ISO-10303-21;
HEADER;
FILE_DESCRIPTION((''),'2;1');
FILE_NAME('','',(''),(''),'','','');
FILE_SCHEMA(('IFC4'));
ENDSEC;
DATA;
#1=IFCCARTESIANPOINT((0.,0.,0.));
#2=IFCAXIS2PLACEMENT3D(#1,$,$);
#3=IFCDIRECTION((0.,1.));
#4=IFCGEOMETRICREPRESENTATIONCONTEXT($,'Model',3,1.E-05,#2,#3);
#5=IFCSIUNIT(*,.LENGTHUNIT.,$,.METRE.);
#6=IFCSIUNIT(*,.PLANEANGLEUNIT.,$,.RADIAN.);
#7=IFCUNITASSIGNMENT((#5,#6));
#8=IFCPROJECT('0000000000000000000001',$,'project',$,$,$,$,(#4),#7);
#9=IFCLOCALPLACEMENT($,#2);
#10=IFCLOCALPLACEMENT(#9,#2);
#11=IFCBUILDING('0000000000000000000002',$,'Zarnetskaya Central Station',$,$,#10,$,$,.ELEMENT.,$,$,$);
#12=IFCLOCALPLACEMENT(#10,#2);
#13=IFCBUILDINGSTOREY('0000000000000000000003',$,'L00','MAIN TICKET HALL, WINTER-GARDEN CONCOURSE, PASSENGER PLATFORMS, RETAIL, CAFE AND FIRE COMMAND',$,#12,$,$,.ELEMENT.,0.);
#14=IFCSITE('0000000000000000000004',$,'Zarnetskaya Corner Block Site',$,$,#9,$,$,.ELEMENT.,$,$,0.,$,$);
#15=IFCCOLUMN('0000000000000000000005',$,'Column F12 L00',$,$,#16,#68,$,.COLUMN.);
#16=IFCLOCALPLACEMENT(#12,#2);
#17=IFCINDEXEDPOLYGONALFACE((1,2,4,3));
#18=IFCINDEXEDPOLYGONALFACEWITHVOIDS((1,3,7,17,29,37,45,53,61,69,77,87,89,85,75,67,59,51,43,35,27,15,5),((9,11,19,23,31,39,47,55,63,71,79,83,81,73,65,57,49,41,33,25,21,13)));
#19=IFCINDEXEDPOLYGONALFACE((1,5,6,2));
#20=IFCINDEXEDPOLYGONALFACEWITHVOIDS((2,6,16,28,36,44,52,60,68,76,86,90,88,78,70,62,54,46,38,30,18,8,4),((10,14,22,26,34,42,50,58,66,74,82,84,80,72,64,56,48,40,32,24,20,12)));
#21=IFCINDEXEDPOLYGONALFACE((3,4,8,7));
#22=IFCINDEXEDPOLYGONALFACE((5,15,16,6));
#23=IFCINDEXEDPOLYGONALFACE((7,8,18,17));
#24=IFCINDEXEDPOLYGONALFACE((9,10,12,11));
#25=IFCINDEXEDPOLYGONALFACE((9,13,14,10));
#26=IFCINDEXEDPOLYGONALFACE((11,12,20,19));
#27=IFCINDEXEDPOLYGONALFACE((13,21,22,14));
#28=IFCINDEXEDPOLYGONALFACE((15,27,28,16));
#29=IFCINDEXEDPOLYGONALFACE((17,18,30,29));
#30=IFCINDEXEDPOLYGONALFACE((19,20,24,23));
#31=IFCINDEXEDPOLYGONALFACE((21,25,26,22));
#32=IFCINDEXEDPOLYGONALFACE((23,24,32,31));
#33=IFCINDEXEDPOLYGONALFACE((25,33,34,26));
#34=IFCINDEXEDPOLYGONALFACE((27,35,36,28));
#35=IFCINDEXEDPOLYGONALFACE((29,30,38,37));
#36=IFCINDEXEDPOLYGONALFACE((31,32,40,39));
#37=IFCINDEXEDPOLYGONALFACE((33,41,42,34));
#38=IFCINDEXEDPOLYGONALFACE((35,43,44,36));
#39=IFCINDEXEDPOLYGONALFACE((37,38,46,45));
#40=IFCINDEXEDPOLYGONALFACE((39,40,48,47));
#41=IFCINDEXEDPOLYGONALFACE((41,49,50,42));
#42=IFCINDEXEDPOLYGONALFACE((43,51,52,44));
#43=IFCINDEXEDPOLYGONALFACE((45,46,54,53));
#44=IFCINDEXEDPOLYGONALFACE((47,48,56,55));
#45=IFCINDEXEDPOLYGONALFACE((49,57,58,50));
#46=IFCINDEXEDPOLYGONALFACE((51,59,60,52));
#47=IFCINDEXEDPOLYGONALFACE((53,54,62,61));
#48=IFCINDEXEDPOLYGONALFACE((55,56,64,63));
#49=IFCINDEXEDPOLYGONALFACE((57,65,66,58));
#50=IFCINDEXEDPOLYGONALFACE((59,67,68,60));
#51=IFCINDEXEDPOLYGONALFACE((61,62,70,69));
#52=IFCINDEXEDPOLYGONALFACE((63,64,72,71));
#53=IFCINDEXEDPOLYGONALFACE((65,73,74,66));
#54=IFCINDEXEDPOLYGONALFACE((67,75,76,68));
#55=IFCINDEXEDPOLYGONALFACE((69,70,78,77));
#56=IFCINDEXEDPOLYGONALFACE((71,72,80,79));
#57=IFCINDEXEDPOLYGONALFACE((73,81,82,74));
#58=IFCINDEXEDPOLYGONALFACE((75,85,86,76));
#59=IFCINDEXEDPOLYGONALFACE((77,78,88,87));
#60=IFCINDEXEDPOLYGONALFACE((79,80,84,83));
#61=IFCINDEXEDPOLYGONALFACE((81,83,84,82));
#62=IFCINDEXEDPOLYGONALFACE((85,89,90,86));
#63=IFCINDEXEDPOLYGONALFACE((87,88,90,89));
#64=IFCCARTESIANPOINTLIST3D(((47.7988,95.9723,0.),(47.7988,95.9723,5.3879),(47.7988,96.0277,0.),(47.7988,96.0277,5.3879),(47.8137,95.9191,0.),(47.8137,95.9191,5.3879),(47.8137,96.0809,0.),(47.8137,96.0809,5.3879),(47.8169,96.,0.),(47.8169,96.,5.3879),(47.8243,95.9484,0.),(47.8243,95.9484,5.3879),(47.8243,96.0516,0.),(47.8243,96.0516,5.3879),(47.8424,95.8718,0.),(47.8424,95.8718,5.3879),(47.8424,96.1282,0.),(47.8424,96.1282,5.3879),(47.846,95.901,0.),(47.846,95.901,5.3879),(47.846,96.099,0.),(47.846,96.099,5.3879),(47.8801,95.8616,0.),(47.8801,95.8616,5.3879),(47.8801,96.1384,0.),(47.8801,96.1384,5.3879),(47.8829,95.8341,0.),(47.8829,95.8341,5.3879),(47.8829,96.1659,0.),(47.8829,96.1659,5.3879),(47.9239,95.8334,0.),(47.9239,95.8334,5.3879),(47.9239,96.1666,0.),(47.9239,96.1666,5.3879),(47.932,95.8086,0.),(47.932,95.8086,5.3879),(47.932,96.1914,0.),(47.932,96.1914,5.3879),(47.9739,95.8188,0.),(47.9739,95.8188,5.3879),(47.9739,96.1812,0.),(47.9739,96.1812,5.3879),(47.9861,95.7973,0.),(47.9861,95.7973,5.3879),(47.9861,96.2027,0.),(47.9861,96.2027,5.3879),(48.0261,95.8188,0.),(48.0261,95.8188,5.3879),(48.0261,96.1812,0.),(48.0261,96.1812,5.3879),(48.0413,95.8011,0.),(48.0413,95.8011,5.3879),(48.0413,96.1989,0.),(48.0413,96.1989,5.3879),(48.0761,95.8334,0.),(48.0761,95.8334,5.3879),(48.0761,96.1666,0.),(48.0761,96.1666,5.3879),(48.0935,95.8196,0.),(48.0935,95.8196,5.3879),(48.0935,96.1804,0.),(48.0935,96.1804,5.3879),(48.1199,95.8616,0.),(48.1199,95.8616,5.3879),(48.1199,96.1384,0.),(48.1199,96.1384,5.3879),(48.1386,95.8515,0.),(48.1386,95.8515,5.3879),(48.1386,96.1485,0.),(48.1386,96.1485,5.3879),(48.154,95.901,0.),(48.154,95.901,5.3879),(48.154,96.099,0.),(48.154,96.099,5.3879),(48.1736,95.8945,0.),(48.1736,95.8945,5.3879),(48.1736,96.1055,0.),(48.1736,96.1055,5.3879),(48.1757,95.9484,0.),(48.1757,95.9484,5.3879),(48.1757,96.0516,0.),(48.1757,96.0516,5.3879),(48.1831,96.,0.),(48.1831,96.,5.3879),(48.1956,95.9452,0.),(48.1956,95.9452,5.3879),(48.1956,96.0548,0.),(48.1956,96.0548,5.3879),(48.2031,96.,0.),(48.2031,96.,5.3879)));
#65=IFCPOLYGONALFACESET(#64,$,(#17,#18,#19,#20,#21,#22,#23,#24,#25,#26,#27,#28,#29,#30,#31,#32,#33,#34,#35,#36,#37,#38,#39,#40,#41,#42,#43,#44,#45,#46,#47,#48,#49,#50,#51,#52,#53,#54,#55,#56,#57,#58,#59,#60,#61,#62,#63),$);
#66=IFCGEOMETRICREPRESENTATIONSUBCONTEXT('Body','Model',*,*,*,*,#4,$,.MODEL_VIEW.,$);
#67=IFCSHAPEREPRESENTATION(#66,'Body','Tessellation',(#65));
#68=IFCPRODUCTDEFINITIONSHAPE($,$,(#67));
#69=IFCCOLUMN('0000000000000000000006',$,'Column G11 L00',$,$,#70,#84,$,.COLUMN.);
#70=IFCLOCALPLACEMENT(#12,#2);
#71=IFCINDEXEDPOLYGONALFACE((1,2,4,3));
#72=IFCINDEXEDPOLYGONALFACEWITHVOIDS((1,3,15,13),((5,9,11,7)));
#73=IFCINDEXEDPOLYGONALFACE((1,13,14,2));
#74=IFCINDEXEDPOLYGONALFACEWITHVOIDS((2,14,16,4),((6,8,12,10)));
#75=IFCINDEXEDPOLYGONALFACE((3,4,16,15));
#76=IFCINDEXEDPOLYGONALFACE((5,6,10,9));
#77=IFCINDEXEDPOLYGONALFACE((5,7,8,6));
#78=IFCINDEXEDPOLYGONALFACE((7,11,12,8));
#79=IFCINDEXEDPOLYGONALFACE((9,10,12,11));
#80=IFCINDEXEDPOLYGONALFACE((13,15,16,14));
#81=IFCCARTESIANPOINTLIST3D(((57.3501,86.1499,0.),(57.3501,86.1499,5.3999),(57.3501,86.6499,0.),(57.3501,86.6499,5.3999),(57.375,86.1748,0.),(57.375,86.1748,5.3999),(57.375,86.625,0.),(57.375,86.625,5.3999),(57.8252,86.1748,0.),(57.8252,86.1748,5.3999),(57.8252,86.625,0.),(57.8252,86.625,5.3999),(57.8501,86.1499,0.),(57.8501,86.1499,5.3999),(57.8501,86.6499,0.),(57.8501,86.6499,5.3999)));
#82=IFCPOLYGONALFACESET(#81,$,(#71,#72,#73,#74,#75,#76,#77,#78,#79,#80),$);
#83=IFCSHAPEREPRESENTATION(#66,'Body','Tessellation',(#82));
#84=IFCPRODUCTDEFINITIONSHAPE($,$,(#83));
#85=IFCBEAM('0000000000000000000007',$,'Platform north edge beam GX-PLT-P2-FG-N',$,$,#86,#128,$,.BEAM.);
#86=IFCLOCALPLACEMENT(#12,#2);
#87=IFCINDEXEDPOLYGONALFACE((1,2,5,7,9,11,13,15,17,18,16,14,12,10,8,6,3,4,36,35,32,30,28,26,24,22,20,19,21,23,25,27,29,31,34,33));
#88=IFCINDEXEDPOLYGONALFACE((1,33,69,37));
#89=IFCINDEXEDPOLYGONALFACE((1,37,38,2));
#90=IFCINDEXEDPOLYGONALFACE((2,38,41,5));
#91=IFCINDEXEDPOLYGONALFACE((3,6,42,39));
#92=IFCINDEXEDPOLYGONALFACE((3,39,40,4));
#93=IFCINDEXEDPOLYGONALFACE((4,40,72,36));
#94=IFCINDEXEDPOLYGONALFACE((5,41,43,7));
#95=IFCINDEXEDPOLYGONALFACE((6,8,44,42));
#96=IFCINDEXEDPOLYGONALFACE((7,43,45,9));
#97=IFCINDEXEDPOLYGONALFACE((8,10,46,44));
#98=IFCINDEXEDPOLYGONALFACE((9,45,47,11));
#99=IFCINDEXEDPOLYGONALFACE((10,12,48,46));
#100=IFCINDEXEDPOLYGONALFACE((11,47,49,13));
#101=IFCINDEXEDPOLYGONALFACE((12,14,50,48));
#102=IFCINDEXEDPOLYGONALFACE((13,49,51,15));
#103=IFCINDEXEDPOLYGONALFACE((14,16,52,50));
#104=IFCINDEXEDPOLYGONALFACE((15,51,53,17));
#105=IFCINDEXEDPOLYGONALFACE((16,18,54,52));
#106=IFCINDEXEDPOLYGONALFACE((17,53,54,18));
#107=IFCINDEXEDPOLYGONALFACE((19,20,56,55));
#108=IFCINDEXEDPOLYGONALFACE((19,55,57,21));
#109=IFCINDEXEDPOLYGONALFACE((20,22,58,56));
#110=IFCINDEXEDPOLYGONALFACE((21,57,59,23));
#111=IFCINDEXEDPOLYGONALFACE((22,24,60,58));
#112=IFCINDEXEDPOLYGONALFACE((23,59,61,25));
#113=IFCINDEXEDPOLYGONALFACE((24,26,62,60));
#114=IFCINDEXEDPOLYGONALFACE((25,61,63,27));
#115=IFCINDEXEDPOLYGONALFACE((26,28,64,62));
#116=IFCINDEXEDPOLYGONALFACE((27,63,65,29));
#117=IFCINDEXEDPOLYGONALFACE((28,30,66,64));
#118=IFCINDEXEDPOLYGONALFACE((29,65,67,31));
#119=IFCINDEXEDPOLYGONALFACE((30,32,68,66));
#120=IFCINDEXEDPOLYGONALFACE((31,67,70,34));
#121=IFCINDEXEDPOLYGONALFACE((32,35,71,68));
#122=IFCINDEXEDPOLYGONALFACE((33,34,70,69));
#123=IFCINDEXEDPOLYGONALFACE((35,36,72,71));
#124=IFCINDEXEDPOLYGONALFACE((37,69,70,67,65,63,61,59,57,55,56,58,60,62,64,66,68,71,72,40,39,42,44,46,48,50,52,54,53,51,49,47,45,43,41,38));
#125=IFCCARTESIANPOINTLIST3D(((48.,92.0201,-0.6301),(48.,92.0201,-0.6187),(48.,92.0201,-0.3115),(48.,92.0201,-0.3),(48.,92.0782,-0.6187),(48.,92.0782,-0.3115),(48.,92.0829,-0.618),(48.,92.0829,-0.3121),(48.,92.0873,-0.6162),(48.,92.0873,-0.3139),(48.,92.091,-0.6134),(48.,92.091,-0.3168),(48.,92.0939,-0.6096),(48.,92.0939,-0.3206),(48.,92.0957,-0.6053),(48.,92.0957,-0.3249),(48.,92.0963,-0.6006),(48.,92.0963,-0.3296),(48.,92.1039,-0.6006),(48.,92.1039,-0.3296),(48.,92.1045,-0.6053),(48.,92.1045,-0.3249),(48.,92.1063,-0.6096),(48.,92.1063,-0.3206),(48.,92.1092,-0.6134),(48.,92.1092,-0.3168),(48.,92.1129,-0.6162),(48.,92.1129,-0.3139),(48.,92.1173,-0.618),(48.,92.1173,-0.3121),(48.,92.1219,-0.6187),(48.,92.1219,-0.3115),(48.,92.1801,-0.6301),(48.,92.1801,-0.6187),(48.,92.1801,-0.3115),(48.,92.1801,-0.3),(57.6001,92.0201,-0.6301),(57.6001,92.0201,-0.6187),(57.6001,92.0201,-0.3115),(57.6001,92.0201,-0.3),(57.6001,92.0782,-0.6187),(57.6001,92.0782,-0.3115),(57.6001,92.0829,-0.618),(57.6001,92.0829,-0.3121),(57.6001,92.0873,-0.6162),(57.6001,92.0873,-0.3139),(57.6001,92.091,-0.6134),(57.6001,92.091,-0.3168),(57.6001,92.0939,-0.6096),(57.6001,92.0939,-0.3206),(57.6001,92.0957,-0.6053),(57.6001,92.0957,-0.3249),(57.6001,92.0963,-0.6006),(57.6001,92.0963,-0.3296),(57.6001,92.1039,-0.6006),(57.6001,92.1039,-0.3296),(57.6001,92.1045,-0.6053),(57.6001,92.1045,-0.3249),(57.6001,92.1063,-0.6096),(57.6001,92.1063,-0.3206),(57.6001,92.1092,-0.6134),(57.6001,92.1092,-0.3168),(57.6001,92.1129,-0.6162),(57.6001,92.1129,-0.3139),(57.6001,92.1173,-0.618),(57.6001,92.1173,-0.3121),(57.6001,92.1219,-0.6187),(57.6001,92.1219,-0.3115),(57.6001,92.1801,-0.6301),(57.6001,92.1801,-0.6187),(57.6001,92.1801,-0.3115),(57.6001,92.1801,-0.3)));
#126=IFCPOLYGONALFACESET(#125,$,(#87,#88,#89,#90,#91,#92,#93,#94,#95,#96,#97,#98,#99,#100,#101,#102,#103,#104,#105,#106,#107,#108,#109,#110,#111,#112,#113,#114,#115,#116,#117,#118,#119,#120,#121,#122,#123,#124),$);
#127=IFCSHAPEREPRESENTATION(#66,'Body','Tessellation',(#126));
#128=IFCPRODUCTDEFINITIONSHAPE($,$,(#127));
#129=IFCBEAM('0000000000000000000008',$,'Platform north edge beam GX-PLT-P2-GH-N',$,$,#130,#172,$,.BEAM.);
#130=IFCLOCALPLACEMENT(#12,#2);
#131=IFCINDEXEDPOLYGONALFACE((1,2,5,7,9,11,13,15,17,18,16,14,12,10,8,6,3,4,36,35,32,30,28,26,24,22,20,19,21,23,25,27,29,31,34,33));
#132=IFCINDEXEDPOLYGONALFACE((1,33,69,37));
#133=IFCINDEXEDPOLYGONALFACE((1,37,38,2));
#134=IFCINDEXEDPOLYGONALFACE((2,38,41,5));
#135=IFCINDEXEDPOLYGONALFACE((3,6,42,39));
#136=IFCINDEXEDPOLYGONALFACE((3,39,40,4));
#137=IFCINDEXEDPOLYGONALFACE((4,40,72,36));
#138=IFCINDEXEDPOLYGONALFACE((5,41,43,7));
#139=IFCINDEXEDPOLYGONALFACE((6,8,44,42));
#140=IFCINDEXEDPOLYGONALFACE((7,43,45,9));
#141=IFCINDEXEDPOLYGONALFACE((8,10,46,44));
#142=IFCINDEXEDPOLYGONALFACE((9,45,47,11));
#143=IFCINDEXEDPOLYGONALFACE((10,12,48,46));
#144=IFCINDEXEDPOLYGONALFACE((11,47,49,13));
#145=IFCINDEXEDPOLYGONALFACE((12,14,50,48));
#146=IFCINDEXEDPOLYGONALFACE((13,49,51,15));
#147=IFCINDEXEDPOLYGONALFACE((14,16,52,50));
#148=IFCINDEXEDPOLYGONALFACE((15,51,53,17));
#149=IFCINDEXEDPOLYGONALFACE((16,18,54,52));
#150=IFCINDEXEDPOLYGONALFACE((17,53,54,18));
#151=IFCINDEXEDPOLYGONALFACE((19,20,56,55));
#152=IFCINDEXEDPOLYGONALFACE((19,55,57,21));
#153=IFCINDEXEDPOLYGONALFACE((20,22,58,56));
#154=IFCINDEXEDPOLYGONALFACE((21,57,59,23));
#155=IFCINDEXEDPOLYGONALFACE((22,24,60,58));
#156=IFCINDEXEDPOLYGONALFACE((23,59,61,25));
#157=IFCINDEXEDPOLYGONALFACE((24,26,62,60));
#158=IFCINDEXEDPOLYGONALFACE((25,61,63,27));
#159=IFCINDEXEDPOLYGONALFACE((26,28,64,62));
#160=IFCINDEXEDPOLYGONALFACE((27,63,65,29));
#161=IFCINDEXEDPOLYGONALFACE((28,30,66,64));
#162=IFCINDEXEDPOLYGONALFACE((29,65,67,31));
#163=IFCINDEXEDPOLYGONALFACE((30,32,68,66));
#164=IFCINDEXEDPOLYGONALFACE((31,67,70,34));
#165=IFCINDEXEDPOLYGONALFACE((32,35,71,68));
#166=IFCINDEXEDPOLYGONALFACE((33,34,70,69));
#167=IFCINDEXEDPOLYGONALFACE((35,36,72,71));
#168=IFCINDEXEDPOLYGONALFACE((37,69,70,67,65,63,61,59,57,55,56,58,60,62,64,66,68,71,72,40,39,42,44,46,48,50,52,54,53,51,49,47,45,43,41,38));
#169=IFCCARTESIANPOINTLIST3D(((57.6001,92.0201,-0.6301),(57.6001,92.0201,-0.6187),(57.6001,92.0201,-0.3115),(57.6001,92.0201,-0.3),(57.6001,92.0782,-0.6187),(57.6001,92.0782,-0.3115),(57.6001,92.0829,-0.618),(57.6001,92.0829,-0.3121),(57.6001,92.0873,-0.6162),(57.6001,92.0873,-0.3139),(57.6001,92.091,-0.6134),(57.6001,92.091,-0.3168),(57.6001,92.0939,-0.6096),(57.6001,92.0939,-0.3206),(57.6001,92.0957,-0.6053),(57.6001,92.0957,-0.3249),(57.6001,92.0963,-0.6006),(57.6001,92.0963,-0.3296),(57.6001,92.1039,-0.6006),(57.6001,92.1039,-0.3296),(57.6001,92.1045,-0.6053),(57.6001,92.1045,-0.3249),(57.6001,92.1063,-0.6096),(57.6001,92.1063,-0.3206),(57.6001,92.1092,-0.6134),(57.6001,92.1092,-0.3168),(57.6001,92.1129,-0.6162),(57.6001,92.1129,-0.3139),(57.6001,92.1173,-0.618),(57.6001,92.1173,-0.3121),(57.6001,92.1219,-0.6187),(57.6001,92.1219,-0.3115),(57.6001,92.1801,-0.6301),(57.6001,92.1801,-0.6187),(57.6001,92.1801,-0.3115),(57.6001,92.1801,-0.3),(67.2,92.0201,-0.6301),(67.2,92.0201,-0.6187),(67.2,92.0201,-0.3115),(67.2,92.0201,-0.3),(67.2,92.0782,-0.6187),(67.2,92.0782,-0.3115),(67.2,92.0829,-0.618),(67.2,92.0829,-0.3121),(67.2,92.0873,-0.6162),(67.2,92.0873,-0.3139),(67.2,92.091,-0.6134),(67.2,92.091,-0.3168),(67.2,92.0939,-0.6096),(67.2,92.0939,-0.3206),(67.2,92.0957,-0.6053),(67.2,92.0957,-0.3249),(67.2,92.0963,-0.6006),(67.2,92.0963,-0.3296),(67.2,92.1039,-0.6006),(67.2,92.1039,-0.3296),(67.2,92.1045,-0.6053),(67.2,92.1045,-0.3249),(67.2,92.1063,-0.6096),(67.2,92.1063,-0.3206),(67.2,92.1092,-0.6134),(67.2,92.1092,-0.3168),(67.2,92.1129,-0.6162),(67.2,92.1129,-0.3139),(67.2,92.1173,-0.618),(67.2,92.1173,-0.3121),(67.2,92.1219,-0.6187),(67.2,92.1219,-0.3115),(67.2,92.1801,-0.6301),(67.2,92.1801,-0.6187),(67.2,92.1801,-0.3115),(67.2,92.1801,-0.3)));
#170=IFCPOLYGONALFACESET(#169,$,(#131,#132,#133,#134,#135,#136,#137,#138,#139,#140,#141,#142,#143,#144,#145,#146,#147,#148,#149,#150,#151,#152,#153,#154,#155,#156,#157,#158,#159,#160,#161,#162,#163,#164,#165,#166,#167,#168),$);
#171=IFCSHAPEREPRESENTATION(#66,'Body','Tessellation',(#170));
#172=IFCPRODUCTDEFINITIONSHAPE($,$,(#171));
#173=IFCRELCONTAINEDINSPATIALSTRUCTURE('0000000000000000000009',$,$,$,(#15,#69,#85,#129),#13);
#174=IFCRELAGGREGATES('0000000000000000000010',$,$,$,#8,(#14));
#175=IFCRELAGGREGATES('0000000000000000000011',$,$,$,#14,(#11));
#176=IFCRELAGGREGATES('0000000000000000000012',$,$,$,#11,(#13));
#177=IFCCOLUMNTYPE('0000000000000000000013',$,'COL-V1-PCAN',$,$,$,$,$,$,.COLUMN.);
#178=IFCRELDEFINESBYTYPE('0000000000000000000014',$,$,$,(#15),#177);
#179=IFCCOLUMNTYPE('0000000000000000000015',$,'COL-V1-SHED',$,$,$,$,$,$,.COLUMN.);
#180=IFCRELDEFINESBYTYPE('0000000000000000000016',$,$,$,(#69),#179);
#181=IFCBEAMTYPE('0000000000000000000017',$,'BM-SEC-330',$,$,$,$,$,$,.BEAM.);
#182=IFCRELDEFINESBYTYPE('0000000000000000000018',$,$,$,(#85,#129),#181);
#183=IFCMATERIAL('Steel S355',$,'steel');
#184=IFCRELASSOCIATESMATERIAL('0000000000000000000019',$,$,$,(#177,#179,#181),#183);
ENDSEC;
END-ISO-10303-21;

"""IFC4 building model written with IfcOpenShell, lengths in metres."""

from ifc_helpers import new_model, si_unit, direction, frame, origin, origin_2d, place, context, subcontext, project, spatial, hollow_rectangle, hollow_circle, i_section, extrude, material, material_profile, profile_set, type_object, element, save


model = new_model("IFC4")

# Units and contexts
model_context = context("Model", 3, precision=1e-05, world=origin(), true_north=direction((0.0, 1.0)))
body_context = subcontext(model_context, "Body", "Model", "MODEL_VIEW")
ifc_project = project(units=[si_unit("LENGTHUNIT", "METRE"), si_unit("PLANEANGLEUNIT", "RADIAN")], contexts=[model_context])

# Site, building, storey
site_placement = place(None, origin())
site = spatial("IfcSite", under=ifc_project, at=site_placement, Name="Zarnetskaya Corner Block Site", CompositionType="ELEMENT", RefElevation=0.0)
building_placement = place(site_placement, origin())
building = spatial("IfcBuilding", under=site, at=building_placement, Name="Zarnetskaya Central Station", CompositionType="ELEMENT")
storey_placement = place(building_placement, origin())
storey = spatial("IfcBuildingStorey", under=building, at=storey_placement, Name="L00", Description="MAIN TICKET HALL, WINTER-GARDEN CONCOURSE, PASSENGER PLATFORMS, RETAIL, CAFE AND FIRE COMMAND", CompositionType="ELEMENT", Elevation=0.0)

# Columns
ifc_material = material(Name="Steel S355", Category="steel")
ifc_material_profile_1 = material_profile(ifc_material, hollow_circle(Radius=0.2031, WallThickness=0.02, at=origin_2d()), Name="CHS 406.4x20")
ifc_profile_set_1 = profile_set([ifc_material_profile_1], Name="Steel S355")
column_type_1 = type_object("IfcColumnType", Name="COL-V1-PCAN", PredefinedType="COLUMN", material=ifc_profile_set_1)
column_1_placement = place(storey_placement, frame((48.0, 96.0, 0.0), z_axis=(0.0, 0.0, 1.0), x_axis=(1.0, 0.0, 0.0)))
element("IfcColumn", 1, at=column_1_placement, inside=storey, type_object=column_type_1, Name="Column F12 L00", PredefinedType="COLUMN", context=body_context, shape_type="SweptSolid", body=[
    extrude(hollow_circle(Radius=0.2031, WallThickness=0.02, at=origin_2d()), origin(), (0.0, 0.0, 1.0), 5.3879),
])
ifc_material_profile_2 = material_profile(ifc_material, hollow_rectangle(XDim=0.5, YDim=0.5, WallThickness=0.0249, at=origin_2d()), Name="BOX 500x500x25")
ifc_profile_set_2 = profile_set([ifc_material_profile_2], Name="Steel S355")
column_type_2 = type_object("IfcColumnType", Name="COL-V1-SHED", PredefinedType="COLUMN", material=ifc_profile_set_2)
column_2_placement = place(storey_placement, frame((57.6001, 86.3999, 0.0), z_axis=(0.0, 0.0, 1.0), x_axis=(1.0, 0.0, 0.0)))
element("IfcColumn", 2, at=column_2_placement, inside=storey, type_object=column_type_2, Name="Column G11 L00", PredefinedType="COLUMN", context=body_context, shape_type="SweptSolid", body=[
    extrude(hollow_rectangle(XDim=0.5, YDim=0.5, WallThickness=0.0249, at=origin_2d()), origin(), (0.0, 0.0, 1.0), 5.3999),
])

# Beams
ifc_material_profile_3 = material_profile(ifc_material, i_section(OverallWidth=0.1599, OverallDepth=0.3301, WebThickness=0.0076, FlangeThickness=0.0115, FilletRadius=0.0181, at=origin_2d()), Name="IPE 330")
ifc_profile_set_3 = profile_set([ifc_material_profile_3], Name="Steel S355")
beam_type_1 = type_object("IfcBeamType", Name="BM-SEC-330", PredefinedType="BEAM", material=ifc_profile_set_3)
beam_1_placement = place(storey_placement, frame((48.0, 92.1001, -0.4651), z_axis=(1.0, 0.0, 0.0), x_axis=(0.0, 1.0, 0.0)))
element("IfcBeam", 3, at=beam_1_placement, inside=storey, type_object=beam_type_1, Name="Platform north edge beam GX-PLT-P2-FG-N", PredefinedType="BEAM", context=body_context, shape_type="SweptSolid", body=[
    extrude(i_section(OverallWidth=0.1599, OverallDepth=0.3301, WebThickness=0.0076, FlangeThickness=0.0115, FilletRadius=0.0181, at=origin_2d()), origin(), (0.0, 0.0, 1.0), 9.6001),
])
beam_2_placement = place(storey_placement, frame((57.6001, 92.1001, -0.4651), z_axis=(1.0, 0.0, 0.0), x_axis=(0.0, 1.0, 0.0)))
element("IfcBeam", 4, at=beam_2_placement, inside=storey, type_object=beam_type_1, Name="Platform north edge beam GX-PLT-P2-GH-N", PredefinedType="BEAM", context=body_context, shape_type="SweptSolid", body=[
    extrude(i_section(OverallWidth=0.1599, OverallDepth=0.3301, WebThickness=0.0076, FlangeThickness=0.0115, FilletRadius=0.0181, at=origin_2d()), origin(), (0.0, 0.0, 1.0), 9.5999),
])

save(model, "model.ifc")
